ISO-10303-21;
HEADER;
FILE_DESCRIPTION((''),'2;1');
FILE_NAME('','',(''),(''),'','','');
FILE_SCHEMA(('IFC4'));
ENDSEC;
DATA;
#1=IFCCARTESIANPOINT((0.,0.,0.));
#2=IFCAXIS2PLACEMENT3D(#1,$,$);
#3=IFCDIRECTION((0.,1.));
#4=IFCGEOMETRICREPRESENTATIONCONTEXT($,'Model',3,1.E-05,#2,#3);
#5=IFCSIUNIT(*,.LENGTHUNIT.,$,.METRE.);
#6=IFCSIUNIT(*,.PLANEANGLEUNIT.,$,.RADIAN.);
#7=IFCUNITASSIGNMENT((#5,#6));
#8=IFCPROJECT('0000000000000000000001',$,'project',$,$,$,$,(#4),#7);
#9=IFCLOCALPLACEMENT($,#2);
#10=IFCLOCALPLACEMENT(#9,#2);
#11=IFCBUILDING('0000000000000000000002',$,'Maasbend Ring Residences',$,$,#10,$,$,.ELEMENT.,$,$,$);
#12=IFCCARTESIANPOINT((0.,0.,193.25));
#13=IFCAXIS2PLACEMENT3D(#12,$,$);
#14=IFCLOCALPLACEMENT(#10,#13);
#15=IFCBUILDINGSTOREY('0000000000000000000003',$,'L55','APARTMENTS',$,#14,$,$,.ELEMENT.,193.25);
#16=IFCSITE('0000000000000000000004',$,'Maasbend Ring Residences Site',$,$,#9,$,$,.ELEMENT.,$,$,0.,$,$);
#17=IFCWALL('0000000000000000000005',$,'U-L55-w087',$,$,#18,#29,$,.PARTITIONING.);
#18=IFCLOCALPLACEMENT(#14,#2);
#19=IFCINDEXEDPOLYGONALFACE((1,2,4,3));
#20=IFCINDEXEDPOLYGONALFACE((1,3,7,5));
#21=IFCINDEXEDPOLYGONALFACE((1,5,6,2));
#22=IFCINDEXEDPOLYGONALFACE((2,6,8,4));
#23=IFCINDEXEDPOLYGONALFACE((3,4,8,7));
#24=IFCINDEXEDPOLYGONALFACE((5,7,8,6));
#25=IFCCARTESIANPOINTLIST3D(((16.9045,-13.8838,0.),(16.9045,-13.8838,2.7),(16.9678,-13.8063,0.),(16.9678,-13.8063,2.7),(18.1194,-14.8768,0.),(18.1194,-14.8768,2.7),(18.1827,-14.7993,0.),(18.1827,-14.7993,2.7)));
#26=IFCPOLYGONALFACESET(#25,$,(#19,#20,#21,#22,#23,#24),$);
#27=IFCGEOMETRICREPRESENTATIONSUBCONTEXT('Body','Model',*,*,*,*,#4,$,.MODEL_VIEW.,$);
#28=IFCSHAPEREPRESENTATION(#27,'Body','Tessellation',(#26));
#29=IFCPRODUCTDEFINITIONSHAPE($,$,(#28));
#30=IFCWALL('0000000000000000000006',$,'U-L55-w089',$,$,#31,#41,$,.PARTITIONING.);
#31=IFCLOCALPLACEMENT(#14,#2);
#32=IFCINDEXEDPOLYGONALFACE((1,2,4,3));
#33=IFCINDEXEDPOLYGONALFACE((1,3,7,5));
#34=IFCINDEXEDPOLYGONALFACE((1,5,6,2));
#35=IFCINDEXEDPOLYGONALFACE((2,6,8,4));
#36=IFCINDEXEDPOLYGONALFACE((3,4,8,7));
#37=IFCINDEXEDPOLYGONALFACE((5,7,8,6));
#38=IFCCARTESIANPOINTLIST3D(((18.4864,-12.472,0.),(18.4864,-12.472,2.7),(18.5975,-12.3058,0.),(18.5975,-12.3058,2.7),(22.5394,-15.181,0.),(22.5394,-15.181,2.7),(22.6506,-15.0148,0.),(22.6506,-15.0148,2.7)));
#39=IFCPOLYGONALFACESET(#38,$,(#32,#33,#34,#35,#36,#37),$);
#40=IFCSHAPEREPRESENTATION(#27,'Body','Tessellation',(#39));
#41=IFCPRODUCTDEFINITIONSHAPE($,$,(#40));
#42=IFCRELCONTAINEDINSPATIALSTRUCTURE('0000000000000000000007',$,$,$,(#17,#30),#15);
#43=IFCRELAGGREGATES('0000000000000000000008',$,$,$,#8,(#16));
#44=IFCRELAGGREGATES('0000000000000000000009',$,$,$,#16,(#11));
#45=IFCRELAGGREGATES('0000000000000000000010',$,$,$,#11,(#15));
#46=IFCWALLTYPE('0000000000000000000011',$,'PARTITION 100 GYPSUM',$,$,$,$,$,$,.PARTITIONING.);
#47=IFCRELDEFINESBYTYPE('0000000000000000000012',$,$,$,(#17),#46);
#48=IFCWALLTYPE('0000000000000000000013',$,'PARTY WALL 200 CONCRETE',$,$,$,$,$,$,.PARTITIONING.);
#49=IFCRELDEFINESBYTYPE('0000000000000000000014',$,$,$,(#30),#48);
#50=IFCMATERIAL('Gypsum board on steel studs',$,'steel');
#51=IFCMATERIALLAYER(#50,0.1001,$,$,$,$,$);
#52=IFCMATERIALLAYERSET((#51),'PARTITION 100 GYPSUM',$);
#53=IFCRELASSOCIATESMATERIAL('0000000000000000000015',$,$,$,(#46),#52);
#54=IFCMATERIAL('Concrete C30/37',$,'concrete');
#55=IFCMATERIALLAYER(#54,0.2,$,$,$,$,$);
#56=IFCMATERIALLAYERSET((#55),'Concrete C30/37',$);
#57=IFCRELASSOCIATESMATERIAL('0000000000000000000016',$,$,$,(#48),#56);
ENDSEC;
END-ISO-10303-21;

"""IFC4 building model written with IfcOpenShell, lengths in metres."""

from ifc_helpers import new_model, si_unit, direction, frame, frame_2d, origin, place, context, subcontext, project, spatial, rectangle, extrude, material, layer, layer_set, type_object, element, save


model = new_model("IFC4")

# Units and contexts
model_context = context("Model", 3, precision=1e-05, world=origin(), true_north=direction((0.0, 1.0)))
body_context = subcontext(model_context, "Body", "Model", "MODEL_VIEW")
ifc_project = project(units=[si_unit("LENGTHUNIT", "METRE"), si_unit("PLANEANGLEUNIT", "RADIAN")], contexts=[model_context])

# Site, building, storey
site_placement = place(None, origin())
site = spatial("IfcSite", under=ifc_project, at=site_placement, Name="Maasbend Ring Residences Site", CompositionType="ELEMENT", RefElevation=0.0)
building_placement = place(site_placement, origin())
building = spatial("IfcBuilding", under=site, at=building_placement, Name="Maasbend Ring Residences", CompositionType="ELEMENT")
storey_placement = place(building_placement, frame((0.0, 0.0, 193.25)))
storey = spatial("IfcBuildingStorey", under=building, at=storey_placement, Name="L55", Description="APARTMENTS", CompositionType="ELEMENT", Elevation=193.25)

# Shared definitions
ifc_material_1 = material(Name="Gypsum board on steel studs", Category="steel")
ifc_layer_1 = layer(ifc_material_1, 0.1001)
ifc_layer_set_1 = layer_set([ifc_layer_1], Name="PARTITION 100 GYPSUM")
wall_type_1 = type_object("IfcWallType", Name="PARTITION 100 GYPSUM", PredefinedType="PARTITIONING", material=ifc_layer_set_1)

# Walls
wall_1_placement = place(storey_placement, frame((16.936, -13.845, 0.0), z_axis=(0.0, 0.0, 1.0), x_axis=(0.774283, -0.632839, 0.0)))
element("IfcWall", 1, at=wall_1_placement, inside=storey, type_object=wall_type_1, Name="U-L55-w087", PredefinedType="PARTITIONING", context=body_context, shape_type="SweptSolid", body=[
    extrude(rectangle(XDim=1.5691, YDim=0.1001, at=frame_2d((0.7847, 0.0))), origin(), (0.0, 0.0, 1.0), 2.7),
])
ifc_material_2 = material(Name="Concrete C30/37", Category="concrete")
ifc_layer_2 = layer(ifc_material_2, 0.2)
ifc_layer_set_2 = layer_set([ifc_layer_2], Name="Concrete C30/37")
wall_type_2 = type_object("IfcWallType", Name="PARTY WALL 200 CONCRETE", PredefinedType="PARTITIONING", material=ifc_layer_set_2)
wall_2_placement = place(storey_placement, frame((18.542, -12.3889, 0.0), z_axis=(0.0, 0.0, 1.0), x_axis=(0.831387, -0.555694, 0.0)))
element("IfcWall", 2, at=wall_2_placement, inside=storey, type_object=wall_type_2, Name="U-L55-w089", PredefinedType="PARTITIONING", context=body_context, shape_type="SweptSolid", body=[
    extrude(rectangle(XDim=4.875, YDim=0.2, at=frame_2d((2.4375, 0.0))), origin(), (0.0, 0.0, 1.0), 2.7),
])

save(model, "model.ifc")
